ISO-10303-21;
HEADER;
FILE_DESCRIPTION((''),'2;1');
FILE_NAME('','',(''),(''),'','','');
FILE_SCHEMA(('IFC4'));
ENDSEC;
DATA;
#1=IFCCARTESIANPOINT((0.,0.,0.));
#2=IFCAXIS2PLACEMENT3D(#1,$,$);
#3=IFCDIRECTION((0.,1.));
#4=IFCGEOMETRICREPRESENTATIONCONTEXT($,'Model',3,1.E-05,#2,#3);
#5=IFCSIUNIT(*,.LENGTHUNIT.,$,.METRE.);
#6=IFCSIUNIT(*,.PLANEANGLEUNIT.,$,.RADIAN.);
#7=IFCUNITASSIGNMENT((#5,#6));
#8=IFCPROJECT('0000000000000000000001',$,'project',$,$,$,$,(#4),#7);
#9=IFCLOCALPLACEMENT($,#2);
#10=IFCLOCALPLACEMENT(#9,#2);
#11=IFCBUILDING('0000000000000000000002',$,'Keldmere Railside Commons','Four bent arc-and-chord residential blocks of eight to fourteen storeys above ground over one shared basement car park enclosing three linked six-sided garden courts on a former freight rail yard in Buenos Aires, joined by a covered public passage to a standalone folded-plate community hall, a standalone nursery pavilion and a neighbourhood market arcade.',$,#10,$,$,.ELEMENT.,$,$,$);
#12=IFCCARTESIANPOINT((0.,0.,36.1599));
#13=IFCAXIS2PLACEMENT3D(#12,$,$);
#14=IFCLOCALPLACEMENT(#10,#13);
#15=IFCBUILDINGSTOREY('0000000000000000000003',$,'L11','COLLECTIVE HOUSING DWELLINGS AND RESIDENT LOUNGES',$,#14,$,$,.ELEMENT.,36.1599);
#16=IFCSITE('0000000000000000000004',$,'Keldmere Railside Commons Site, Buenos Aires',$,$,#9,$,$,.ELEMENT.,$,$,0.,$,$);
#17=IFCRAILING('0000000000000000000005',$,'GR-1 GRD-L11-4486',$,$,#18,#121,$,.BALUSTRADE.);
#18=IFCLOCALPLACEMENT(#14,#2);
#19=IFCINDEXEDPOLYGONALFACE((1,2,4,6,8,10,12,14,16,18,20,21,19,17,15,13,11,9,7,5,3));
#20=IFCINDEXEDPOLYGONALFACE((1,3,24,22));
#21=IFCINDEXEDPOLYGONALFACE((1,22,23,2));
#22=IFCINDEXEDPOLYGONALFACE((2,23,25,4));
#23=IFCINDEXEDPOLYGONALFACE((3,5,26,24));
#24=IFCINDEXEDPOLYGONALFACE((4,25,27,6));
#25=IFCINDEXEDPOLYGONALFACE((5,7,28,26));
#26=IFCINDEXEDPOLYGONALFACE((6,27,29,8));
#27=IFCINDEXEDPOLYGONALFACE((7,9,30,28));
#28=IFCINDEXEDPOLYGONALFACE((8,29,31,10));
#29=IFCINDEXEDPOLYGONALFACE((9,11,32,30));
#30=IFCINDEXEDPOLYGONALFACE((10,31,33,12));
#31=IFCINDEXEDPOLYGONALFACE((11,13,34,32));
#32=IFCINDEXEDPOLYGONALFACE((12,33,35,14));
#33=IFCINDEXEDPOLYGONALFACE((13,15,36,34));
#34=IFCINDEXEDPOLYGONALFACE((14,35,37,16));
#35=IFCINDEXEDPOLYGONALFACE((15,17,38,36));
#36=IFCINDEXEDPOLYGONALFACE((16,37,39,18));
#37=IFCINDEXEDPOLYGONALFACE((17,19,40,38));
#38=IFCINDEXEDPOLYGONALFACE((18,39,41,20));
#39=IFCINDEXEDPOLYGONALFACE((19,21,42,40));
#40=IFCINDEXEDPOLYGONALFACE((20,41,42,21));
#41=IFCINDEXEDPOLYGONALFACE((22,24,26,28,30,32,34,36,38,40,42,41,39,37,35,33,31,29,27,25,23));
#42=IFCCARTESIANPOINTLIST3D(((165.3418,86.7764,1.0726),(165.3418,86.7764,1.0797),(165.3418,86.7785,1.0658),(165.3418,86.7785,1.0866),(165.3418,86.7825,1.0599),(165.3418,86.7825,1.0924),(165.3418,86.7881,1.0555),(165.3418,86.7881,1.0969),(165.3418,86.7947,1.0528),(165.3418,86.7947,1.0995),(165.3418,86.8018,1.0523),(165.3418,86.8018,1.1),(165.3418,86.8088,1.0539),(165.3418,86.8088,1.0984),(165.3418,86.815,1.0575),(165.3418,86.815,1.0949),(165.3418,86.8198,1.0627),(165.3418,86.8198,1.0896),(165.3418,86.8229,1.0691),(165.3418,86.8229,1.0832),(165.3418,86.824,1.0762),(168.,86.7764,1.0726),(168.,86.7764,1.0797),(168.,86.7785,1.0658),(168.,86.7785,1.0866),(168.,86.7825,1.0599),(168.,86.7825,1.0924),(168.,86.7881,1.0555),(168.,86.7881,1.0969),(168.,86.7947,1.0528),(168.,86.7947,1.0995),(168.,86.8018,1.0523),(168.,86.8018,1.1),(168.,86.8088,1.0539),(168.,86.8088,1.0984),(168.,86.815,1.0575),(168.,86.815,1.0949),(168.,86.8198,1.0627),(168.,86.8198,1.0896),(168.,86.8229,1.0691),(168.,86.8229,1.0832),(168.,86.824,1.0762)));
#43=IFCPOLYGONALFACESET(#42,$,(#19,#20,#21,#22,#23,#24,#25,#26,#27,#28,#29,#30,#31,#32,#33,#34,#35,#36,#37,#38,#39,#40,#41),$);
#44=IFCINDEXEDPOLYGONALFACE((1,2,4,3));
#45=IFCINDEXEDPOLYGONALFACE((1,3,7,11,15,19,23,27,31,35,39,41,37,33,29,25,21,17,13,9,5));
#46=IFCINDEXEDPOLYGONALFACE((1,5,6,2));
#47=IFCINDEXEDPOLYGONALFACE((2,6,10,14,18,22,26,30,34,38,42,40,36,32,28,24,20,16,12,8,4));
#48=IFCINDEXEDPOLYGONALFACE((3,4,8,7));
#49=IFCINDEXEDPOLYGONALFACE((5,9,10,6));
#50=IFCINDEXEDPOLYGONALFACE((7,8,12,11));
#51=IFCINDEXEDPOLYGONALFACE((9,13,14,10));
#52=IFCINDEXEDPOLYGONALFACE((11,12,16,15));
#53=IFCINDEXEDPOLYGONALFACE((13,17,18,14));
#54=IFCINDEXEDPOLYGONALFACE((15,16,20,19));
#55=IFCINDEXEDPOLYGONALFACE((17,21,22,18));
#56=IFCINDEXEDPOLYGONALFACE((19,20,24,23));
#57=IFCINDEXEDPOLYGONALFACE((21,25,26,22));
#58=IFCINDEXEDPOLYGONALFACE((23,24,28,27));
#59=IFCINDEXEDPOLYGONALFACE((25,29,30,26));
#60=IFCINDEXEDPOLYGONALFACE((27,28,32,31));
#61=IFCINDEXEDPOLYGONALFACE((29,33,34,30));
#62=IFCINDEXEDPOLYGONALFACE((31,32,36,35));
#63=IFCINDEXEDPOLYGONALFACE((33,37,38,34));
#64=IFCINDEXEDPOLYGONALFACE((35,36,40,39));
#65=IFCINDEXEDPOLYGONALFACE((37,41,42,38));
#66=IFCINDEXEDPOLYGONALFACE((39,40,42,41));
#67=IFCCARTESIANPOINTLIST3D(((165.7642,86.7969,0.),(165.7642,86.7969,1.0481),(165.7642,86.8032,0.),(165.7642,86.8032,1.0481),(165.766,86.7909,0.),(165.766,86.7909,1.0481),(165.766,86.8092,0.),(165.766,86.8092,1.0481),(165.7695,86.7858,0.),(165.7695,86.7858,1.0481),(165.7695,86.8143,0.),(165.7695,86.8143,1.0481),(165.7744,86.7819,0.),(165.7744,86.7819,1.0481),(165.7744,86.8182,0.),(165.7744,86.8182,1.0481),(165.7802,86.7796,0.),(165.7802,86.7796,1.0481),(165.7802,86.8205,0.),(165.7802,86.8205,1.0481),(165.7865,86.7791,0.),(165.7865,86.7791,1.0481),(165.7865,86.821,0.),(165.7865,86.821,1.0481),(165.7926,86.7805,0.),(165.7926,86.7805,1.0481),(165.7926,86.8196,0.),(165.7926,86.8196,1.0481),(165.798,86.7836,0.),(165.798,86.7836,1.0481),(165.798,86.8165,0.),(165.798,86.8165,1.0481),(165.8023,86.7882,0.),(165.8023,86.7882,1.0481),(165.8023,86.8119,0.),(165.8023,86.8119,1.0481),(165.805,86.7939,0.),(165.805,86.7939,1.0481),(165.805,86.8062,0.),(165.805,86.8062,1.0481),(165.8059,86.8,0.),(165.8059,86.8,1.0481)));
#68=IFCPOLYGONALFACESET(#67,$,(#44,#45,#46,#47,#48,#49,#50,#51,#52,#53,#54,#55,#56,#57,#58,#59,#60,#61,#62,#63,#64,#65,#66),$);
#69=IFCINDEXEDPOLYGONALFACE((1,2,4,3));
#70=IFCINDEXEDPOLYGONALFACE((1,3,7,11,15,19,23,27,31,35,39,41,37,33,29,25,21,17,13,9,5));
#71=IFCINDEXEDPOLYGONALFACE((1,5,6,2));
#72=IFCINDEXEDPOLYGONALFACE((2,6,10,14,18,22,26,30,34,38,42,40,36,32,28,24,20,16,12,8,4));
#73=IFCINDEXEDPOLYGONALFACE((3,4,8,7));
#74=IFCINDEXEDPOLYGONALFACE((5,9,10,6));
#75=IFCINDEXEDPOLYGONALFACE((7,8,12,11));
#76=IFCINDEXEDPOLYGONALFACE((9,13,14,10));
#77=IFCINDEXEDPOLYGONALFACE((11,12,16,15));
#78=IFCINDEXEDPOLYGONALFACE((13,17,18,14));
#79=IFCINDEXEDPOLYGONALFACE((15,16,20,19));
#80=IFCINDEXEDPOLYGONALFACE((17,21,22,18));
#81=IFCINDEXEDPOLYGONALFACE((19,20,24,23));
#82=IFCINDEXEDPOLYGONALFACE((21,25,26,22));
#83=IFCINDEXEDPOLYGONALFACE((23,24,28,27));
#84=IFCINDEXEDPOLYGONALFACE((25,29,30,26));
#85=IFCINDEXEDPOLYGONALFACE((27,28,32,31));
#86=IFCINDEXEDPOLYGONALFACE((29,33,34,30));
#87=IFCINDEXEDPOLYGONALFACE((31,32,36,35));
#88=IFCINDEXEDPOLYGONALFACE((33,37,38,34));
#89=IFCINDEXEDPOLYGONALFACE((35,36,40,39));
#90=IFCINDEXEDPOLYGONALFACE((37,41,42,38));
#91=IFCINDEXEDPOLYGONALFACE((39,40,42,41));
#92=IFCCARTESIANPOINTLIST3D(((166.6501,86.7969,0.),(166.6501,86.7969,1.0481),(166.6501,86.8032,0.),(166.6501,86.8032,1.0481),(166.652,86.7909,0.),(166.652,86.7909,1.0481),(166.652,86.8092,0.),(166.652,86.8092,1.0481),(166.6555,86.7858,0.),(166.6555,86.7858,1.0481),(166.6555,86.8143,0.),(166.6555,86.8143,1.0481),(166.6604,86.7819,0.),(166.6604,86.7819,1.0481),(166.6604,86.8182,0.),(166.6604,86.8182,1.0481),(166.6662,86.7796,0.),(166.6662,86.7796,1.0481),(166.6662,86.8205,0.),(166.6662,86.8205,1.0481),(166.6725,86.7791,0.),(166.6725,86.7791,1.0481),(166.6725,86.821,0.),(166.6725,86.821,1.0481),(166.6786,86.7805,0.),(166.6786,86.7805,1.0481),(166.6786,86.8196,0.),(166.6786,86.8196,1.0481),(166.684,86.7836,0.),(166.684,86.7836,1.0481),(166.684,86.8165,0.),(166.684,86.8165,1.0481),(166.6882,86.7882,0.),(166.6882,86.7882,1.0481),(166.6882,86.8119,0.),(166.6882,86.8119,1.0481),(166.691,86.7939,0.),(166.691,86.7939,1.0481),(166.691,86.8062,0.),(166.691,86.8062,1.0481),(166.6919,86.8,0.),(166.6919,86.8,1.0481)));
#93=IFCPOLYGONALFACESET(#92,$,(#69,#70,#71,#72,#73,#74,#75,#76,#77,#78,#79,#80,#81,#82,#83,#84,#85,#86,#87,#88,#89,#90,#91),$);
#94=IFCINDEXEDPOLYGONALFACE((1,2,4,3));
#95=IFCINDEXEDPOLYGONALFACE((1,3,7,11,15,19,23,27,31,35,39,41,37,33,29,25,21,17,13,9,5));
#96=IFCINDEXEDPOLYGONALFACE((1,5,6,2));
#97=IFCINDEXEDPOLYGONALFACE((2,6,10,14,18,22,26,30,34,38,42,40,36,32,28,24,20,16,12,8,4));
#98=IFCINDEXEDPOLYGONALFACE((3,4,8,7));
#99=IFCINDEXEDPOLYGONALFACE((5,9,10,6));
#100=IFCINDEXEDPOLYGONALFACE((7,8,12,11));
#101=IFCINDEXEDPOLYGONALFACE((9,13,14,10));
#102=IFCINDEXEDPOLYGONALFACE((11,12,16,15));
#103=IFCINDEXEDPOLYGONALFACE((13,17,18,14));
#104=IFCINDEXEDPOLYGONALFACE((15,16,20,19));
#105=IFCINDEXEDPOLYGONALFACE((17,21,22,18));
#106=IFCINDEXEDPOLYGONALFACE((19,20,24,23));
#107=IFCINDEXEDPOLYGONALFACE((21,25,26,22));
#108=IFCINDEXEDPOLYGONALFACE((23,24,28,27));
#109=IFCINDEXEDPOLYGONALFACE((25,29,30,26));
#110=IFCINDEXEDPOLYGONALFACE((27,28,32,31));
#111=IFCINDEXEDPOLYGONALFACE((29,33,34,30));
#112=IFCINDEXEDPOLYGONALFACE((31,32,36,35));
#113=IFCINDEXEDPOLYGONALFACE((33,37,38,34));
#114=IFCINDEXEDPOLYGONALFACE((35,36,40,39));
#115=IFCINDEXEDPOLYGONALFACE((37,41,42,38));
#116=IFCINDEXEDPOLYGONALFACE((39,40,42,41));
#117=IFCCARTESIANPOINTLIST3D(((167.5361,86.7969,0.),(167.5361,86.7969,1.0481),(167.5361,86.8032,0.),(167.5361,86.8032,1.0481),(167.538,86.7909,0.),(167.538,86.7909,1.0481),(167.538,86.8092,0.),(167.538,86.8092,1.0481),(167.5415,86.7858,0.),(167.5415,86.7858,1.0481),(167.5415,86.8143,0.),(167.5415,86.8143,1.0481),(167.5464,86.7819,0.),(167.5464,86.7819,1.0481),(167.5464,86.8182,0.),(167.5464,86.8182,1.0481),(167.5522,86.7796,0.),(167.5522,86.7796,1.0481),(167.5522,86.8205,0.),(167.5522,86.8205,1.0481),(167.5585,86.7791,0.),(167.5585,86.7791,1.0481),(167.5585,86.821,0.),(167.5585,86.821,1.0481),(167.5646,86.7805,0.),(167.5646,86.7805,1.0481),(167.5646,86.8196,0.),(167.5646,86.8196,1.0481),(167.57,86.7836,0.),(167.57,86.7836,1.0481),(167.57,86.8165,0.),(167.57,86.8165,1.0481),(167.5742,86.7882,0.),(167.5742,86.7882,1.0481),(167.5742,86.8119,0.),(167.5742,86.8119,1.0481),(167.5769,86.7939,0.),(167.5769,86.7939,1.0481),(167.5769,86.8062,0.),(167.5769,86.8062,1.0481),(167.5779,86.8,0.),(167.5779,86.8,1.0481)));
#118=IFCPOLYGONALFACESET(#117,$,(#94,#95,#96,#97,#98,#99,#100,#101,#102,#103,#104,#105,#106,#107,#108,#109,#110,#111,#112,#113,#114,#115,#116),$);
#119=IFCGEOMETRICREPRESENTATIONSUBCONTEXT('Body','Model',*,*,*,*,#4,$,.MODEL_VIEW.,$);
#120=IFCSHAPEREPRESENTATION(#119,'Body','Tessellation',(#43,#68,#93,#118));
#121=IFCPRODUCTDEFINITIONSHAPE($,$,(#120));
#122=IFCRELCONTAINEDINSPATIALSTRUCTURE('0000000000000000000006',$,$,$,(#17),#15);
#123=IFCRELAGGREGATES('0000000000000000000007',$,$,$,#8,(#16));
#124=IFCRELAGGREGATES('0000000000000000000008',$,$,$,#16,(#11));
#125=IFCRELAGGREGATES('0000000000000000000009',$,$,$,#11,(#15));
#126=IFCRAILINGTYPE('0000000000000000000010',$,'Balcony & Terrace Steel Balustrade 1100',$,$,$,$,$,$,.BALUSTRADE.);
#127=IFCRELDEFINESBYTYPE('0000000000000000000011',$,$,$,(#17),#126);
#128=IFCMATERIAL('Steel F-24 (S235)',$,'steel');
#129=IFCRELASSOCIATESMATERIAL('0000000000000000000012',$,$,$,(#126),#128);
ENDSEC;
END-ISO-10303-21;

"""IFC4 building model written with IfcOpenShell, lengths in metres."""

from ifc_helpers import new_model, si_unit, direction, frame, origin, origin_2d, place, context, subcontext, project, spatial, circle, extrude, material, type_object, element, save


model = new_model("IFC4")

# Units and contexts
model_context = context("Model", 3, precision=1e-05, world=origin(), true_north=direction((0.0, 1.0)))
body_context = subcontext(model_context, "Body", "Model", "MODEL_VIEW")
ifc_project = project(units=[si_unit("LENGTHUNIT", "METRE"), si_unit("PLANEANGLEUNIT", "RADIAN")], contexts=[model_context])

# Site, building, storey
site_placement = place(None, origin())
site = spatial("IfcSite", under=ifc_project, at=site_placement, Name="Keldmere Railside Commons Site, Buenos Aires", CompositionType="ELEMENT", RefElevation=0.0)
building_placement = place(site_placement, origin())
building = spatial("IfcBuilding", under=site, at=building_placement, Name="Keldmere Railside Commons", Description="Four bent arc-and-chord residential blocks of eight to fourteen storeys above ground over one shared basement car park enclosing three linked six-sided garden courts on a former freight rail yard in Buenos Aires, joined by a covered public passage to a standalone folded-plate community hall, a standalone nursery pavilion and a neighbourhood market arcade.", CompositionType="ELEMENT")
storey_placement = place(building_placement, frame((0.0, 0.0, 36.1599)))
storey = spatial("IfcBuildingStorey", under=building, at=storey_placement, Name="L11", Description="COLLECTIVE HOUSING DWELLINGS AND RESIDENT LOUNGES", CompositionType="ELEMENT", Elevation=36.1599)

# Railing
ifc_material_1 = material(Name="Steel F-24 (S235)", Category="steel")
railing_type = type_object("IfcRailingType", Name="Balcony & Terrace Steel Balustrade 1100", PredefinedType="BALUSTRADE", material=ifc_material_1)
railing_1_placement = place(storey_placement, frame((165.3418, 86.8, 0.0)))
element("IfcRailing", 1, at=railing_1_placement, inside=storey, type_object=railing_type, Name="GR-1 GRD-L11-4486", PredefinedType="BALUSTRADE", context=body_context, shape_type="SweptSolid", body=[
    extrude(circle(Radius=0.0239, at=origin_2d()), frame((0.0, 0.0, 1.0762), z_axis=(1.0, 0.0, 0.0), x_axis=(0.0, 1.0, 0.0)), (0.0, 0.0, 1.0), 2.6582),
    extrude(circle(Radius=0.021, at=origin_2d()), frame((0.4431, 0.0, 0.0)), (0.0, 0.0, 1.0), 1.0481),
    extrude(circle(Radius=0.021, at=origin_2d()), frame((1.3291, 0.0, 0.0)), (0.0, 0.0, 1.0), 1.0481),
    extrude(circle(Radius=0.021, at=origin_2d()), frame((2.2151, 0.0, 0.0)), (0.0, 0.0, 1.0), 1.0481),
])

save(model, "model.ifc")
